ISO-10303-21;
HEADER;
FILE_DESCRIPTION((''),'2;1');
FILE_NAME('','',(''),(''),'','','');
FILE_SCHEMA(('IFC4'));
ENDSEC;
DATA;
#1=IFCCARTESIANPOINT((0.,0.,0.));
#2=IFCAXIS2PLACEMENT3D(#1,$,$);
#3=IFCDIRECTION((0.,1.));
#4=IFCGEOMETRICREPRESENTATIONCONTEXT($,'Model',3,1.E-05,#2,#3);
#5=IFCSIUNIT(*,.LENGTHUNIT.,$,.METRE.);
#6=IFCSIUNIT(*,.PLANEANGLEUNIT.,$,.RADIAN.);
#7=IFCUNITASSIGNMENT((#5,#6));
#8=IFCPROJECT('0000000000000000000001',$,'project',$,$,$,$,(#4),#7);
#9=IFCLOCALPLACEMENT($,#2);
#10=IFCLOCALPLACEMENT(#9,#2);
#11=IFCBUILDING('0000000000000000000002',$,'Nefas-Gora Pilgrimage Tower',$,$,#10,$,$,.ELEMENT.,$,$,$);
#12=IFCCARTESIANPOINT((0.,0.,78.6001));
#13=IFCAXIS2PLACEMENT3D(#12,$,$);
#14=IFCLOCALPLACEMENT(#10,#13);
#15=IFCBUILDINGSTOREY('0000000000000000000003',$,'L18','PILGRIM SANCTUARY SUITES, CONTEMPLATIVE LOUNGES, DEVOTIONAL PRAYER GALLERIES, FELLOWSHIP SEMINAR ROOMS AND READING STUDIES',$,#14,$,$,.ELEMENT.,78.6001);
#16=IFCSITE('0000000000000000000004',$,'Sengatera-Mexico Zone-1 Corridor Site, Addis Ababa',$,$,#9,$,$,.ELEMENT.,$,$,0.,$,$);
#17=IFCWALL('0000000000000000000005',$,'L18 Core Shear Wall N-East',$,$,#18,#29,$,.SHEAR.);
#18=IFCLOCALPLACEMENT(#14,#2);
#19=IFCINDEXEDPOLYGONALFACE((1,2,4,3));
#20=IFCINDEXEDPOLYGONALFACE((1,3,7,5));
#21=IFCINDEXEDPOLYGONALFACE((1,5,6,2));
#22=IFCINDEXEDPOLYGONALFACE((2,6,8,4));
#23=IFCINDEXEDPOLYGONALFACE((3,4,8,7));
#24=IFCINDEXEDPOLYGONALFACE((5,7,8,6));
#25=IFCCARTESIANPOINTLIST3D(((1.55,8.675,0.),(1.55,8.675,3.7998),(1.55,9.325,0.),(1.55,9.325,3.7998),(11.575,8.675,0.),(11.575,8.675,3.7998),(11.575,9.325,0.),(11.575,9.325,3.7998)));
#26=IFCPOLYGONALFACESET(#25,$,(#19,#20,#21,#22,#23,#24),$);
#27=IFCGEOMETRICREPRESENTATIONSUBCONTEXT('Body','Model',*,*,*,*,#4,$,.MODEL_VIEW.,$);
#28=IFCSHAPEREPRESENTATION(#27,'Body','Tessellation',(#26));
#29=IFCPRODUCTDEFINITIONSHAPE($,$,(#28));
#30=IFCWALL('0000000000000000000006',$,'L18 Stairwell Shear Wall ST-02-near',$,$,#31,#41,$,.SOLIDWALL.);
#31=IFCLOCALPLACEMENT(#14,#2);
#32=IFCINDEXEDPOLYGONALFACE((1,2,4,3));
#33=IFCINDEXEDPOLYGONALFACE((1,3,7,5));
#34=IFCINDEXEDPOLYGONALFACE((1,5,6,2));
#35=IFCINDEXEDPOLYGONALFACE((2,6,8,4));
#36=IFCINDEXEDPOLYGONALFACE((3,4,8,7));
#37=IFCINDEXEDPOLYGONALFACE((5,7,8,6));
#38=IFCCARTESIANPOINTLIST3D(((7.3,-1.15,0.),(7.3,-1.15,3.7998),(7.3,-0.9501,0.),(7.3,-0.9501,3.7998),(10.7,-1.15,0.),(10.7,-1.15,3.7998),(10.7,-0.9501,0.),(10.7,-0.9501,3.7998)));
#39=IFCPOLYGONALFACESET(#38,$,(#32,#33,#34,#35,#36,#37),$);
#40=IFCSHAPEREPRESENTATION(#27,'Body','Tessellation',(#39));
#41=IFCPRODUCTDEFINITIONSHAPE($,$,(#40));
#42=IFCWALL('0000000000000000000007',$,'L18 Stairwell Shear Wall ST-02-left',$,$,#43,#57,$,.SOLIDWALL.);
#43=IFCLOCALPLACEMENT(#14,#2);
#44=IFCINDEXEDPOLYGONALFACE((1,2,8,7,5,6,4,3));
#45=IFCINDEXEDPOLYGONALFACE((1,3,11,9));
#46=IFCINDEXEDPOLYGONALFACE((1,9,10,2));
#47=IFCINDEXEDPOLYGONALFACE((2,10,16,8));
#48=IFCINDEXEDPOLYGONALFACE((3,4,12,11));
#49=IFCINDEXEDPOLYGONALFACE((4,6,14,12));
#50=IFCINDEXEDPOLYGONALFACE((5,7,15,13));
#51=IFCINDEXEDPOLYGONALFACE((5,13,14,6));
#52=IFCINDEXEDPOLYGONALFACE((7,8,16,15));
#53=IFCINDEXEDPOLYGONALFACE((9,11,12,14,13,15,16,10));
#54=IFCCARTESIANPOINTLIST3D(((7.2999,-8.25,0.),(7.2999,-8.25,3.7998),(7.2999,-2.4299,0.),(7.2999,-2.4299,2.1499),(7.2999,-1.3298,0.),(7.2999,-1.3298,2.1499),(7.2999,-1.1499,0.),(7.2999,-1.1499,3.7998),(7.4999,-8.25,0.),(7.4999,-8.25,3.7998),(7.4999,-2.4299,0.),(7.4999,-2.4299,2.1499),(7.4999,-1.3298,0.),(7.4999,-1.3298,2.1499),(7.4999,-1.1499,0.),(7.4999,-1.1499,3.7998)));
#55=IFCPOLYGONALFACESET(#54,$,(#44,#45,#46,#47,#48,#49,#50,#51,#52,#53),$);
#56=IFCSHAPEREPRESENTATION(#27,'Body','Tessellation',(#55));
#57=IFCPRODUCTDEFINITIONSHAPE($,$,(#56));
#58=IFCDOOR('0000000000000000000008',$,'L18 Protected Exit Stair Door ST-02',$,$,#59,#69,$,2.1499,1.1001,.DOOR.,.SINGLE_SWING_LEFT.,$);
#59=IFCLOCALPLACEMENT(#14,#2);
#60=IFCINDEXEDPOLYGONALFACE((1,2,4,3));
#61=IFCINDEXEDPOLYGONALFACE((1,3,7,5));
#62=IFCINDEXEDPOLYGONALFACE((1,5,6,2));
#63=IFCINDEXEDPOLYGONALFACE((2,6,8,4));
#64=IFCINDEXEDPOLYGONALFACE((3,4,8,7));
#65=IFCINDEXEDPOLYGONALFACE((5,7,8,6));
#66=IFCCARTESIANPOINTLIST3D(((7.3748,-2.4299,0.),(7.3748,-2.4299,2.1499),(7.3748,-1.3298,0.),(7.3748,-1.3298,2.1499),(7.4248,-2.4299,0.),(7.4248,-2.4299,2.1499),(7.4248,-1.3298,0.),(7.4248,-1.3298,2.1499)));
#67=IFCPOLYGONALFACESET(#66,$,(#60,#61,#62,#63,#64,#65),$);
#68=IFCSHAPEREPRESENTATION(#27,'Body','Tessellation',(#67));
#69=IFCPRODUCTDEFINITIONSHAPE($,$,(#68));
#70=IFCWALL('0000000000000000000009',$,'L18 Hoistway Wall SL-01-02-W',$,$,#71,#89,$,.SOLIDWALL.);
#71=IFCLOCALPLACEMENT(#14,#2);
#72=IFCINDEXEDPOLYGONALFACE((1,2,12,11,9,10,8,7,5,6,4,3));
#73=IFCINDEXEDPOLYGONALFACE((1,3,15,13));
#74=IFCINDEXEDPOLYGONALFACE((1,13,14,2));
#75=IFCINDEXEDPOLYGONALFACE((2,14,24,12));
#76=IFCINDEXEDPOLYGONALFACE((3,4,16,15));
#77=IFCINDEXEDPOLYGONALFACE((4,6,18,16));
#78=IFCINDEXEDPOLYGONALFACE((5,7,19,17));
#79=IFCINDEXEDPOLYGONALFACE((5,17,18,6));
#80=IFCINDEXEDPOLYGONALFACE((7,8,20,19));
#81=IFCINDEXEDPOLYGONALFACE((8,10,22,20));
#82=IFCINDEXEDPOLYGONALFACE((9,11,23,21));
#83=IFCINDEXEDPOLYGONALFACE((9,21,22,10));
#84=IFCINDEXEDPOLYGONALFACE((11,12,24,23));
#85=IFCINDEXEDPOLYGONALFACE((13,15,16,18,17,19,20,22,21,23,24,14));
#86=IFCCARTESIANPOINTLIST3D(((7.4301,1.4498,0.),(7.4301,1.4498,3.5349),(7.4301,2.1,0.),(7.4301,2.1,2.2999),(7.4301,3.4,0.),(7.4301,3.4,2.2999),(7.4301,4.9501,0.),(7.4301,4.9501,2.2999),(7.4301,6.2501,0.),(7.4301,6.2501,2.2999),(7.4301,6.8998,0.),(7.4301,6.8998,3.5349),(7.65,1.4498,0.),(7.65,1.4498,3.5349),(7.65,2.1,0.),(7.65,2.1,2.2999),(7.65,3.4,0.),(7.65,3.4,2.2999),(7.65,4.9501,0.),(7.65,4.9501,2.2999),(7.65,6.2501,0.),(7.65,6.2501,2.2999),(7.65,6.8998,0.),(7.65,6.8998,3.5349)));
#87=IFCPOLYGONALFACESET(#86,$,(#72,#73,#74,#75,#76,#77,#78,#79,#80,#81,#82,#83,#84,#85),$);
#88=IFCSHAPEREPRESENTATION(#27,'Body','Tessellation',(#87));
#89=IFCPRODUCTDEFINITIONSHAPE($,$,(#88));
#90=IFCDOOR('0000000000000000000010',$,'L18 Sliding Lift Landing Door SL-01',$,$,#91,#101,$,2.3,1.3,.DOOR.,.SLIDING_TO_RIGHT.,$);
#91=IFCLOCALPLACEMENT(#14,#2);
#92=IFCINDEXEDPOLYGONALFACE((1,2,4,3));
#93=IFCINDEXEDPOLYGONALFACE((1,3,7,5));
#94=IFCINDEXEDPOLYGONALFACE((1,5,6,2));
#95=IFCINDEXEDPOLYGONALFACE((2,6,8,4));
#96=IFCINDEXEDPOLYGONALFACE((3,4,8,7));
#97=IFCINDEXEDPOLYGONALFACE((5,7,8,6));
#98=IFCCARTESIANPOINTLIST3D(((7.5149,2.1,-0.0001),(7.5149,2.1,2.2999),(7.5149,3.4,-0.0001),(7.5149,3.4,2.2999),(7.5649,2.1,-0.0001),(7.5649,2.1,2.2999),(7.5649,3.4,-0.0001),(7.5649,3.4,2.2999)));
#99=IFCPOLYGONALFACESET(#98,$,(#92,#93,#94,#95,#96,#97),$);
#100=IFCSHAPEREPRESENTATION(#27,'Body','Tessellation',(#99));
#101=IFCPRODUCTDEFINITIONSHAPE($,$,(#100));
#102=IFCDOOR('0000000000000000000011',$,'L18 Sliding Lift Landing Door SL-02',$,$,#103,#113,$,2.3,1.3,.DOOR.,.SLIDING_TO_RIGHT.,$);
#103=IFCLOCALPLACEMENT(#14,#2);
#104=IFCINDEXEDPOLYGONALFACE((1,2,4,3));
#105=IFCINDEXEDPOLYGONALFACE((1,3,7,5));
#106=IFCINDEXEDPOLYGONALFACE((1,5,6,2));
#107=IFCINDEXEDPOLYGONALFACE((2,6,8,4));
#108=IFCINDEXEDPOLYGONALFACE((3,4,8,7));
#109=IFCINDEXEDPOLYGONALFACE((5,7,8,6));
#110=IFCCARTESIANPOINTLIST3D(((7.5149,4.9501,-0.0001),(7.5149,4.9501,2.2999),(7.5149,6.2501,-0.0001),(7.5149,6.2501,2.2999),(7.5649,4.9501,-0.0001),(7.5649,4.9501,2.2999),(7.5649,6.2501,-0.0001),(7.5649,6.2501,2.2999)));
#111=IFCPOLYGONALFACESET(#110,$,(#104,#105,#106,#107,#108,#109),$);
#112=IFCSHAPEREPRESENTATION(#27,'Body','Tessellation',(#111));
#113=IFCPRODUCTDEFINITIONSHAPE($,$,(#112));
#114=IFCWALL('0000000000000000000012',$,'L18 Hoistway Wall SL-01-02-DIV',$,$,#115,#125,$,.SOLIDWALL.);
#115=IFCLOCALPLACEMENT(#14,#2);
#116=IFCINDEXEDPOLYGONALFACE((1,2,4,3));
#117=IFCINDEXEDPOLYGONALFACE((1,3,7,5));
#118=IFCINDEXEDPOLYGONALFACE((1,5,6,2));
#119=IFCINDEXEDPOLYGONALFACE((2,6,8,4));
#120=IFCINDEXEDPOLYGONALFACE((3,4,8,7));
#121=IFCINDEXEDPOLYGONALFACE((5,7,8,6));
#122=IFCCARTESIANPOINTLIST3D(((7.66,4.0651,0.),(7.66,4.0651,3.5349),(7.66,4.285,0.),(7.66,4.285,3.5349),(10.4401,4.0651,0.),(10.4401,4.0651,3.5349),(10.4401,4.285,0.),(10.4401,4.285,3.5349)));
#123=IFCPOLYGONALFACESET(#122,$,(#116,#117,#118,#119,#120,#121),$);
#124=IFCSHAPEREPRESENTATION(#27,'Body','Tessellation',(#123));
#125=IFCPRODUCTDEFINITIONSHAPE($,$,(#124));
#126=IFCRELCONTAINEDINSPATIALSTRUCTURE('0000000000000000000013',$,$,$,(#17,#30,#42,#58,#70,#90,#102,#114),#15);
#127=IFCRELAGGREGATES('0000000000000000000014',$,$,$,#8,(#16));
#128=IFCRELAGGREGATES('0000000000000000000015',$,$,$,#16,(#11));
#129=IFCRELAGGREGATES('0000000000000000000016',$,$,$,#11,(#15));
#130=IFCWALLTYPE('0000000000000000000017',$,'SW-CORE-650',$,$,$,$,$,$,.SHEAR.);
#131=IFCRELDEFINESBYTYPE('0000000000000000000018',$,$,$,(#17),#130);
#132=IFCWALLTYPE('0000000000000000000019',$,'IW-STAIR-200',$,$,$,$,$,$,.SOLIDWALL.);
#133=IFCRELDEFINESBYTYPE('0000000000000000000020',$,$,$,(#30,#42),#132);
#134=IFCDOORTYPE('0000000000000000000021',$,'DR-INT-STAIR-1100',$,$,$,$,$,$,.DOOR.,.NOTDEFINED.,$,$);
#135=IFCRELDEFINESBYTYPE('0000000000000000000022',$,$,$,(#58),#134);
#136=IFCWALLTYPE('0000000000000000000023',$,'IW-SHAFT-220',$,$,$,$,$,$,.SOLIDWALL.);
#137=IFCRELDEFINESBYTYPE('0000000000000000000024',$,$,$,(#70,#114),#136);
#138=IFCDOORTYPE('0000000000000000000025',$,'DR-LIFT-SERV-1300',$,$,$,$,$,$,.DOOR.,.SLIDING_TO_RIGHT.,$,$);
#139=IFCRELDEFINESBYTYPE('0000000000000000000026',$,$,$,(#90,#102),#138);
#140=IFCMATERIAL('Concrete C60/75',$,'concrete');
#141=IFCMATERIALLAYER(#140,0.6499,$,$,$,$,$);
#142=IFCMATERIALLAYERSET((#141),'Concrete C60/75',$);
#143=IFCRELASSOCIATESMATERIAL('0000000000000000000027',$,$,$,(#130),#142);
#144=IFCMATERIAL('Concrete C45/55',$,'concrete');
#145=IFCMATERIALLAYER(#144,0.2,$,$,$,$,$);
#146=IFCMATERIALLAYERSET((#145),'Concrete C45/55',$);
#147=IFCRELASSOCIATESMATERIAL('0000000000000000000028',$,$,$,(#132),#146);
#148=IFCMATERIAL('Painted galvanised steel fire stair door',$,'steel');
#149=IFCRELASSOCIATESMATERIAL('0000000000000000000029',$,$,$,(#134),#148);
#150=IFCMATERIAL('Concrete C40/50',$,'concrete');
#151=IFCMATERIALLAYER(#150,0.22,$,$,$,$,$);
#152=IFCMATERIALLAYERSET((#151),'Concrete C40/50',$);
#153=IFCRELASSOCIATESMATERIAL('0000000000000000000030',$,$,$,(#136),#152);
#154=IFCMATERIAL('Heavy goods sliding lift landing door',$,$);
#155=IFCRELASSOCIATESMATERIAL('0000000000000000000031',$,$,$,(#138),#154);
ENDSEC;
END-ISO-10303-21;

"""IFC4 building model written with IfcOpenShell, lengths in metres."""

from ifc_helpers import new_model, si_unit, direction, frame, frame_2d, origin, place, context, subcontext, project, spatial, rectangle, extrude, source, transform, mapped, material, layer, layer_set, type_object, element, fill, save


model = new_model("IFC4")

# Units and contexts
model_context = context("Model", 3, precision=1e-05, world=origin(), true_north=direction((0.0, 1.0)))
body_context = subcontext(model_context, "Body", "Model", "MODEL_VIEW")
ifc_project = project(units=[si_unit("LENGTHUNIT", "METRE"), si_unit("PLANEANGLEUNIT", "RADIAN")], contexts=[model_context])

# Site, building, storey
site_placement = place(None, origin())
site = spatial("IfcSite", under=ifc_project, at=site_placement, Name="Sengatera-Mexico Zone-1 Corridor Site, Addis Ababa", CompositionType="ELEMENT", RefElevation=0.0)
building_placement = place(site_placement, origin())
building = spatial("IfcBuilding", under=site, at=building_placement, Name="Nefas-Gora Pilgrimage Tower", CompositionType="ELEMENT")
storey_placement = place(building_placement, frame((0.0, 0.0, 78.6001)))
storey = spatial("IfcBuildingStorey", under=building, at=storey_placement, Name="L18", Description="PILGRIM SANCTUARY SUITES, CONTEMPLATIVE LOUNGES, DEVOTIONAL PRAYER GALLERIES, FELLOWSHIP SEMINAR ROOMS AND READING STUDIES", CompositionType="ELEMENT", Elevation=78.6001)

# Walls
ifc_material_1 = material(Name="Concrete C60/75", Category="concrete")
ifc_layer_1 = layer(ifc_material_1, 0.6499)
ifc_layer_set_1 = layer_set([ifc_layer_1], Name="Concrete C60/75")
wall_type_1 = type_object("IfcWallType", Name="SW-CORE-650", PredefinedType="SHEAR", material=ifc_layer_set_1)
shared_shape_1 = source(origin(), body_context, "Body", "SweptSolid", [
    extrude(rectangle(XDim=10.0249, YDim=0.6499, at=frame_2d((5.0125, 0.0))), origin(), (0.0, 0.0, 1.0), 3.7998),
])
wall_1_placement = place(storey_placement, frame((1.55, 9.0, 0.0), z_axis=(0.0, 0.0, 1.0), x_axis=(1.0, 0.0, 0.0)))
element("IfcWall", 1, at=wall_1_placement, inside=storey, type_object=wall_type_1, Name="L18 Core Shear Wall N-East", PredefinedType="SHEAR", context=body_context, shape_type="MappedRepresentation", body=[
    mapped(shared_shape_1, transform((0.0, 0.0, 0.0), x_axis=(1.0, 0.0, 0.0), y_axis=(0.0, 1.0, 0.0), z_axis=(0.0, 0.0, 1.0), scale=1.0)),
])
ifc_material_2 = material(Name="Concrete C45/55", Category="concrete")
ifc_layer_2 = layer(ifc_material_2, 0.2)
ifc_layer_set_2 = layer_set([ifc_layer_2], Name="Concrete C45/55")
wall_type_2 = type_object("IfcWallType", Name="IW-STAIR-200", PredefinedType="SOLIDWALL", material=ifc_layer_set_2)
shared_shape_2 = source(origin(), body_context, "Body", "SweptSolid", [
    extrude(rectangle(XDim=3.3999, YDim=0.2, at=frame_2d((1.7, 0.0))), origin(), (0.0, 0.0, 1.0), 3.7998),
])
wall_2_placement = place(storey_placement, frame((7.3, -1.05, 0.0), z_axis=(0.0, 0.0, 1.0), x_axis=(1.0, 0.0, 0.0)))
element("IfcWall", 2, at=wall_2_placement, inside=storey, type_object=wall_type_2, Name="L18 Stairwell Shear Wall ST-02-near", PredefinedType="SOLIDWALL", context=body_context, shape_type="MappedRepresentation", body=[
    mapped(shared_shape_2, transform((0.0, 0.0, 0.0), x_axis=(1.0, 0.0, 0.0), y_axis=(0.0, 1.0, 0.0), z_axis=(0.0, 0.0, 1.0), scale=1.0)),
])

# Wall, opening, door
shared_shape_3 = source(origin(), body_context, "Body", "SweptSolid", [
    extrude(rectangle(XDim=7.1001, YDim=0.2, at=frame_2d((3.55, 0.0))), origin(), (0.0, 0.0, 1.0), 3.7998),
])
wall_3_placement = place(storey_placement, frame((7.3999, -1.1499, 0.0), z_axis=(0.0, 0.0, 1.0), x_axis=(0.0, -1.0, 0.0)))
wall_3 = element("IfcWall", 3, at=wall_3_placement, inside=storey, type_object=wall_type_2, Name="L18 Stairwell Shear Wall ST-02-left", PredefinedType="SOLIDWALL", context=body_context, shape_type="MappedRepresentation", body=[
    mapped(shared_shape_3, transform((0.0, 0.0, 0.0), x_axis=(1.0, 0.0, 0.0), y_axis=(0.0, 1.0, 0.0), z_axis=(0.0, 0.0, 1.0), scale=1.0)),
])
opening_1_placement = place(wall_3_placement, frame((0.1799, 0.0, 0.0)))
opening_1 = element("IfcOpeningElement", 4, at=opening_1_placement, cuts=wall_3, PredefinedType="OPENING", context=body_context, shape_type="SweptSolid", body=[
    extrude(rectangle(XDim=1.1001, YDim=2.1499, at=frame_2d((0.55, 1.075))), frame((0.0, 0.1099, 0.0), z_axis=(0.0, -1.0, 0.0), x_axis=(1.0, 0.0, 0.0)), (0.0, 0.0, 1.0), 0.22),
])
ifc_material_3 = material(Name="Painted galvanised steel fire stair door", Category="steel")
door_type_1 = type_object("IfcDoorType", Name="DR-INT-STAIR-1100", OperationType="NOTDEFINED", PredefinedType="DOOR", material=ifc_material_3)
shared_shape_4 = source(origin(), body_context, "Body", "SweptSolid", [
    extrude(rectangle(XDim=1.1001, YDim=2.1499, at=frame_2d((0.55, 1.075))), frame((0.0, 0.0249, 0.0), z_axis=(0.0, -1.0, 0.0), x_axis=(1.0, 0.0, 0.0)), (0.0, 0.0, 1.0), 0.05),
])
door_1_placement = place(opening_1_placement, origin())
door_1 = element("IfcDoor", 5, at=door_1_placement, inside=storey, type_object=door_type_1, Name="L18 Protected Exit Stair Door ST-02", OperationType="SINGLE_SWING_LEFT", OverallHeight=2.1499, OverallWidth=1.1001, PredefinedType="DOOR", context=body_context, shape_type="MappedRepresentation", body=[
    mapped(shared_shape_4, transform((0.0, 0.0, 0.0), x_axis=(1.0, 0.0, 0.0), y_axis=(0.0, 1.0, 0.0), z_axis=(0.0, 0.0, 1.0), scale=1.0)),
])
fill(opening_1, door_1)

# Wall, openings, doors
ifc_material_4 = material(Name="Concrete C40/50", Category="concrete")
ifc_layer_3 = layer(ifc_material_4, 0.22)
ifc_layer_set_3 = layer_set([ifc_layer_3], Name="Concrete C40/50")
wall_type_3 = type_object("IfcWallType", Name="IW-SHAFT-220", PredefinedType="SOLIDWALL", material=ifc_layer_set_3)
shared_shape_5 = source(origin(), body_context, "Body", "SweptSolid", [
    extrude(rectangle(XDim=5.45, YDim=0.22, at=frame_2d((2.7251, 0.0))), origin(), (0.0, 0.0, 1.0), 3.5349),
])
wall_4_placement = place(storey_placement, frame((7.54, 6.8999, 0.0), z_axis=(0.0, 0.0, 1.0), x_axis=(0.0, -1.0, 0.0)))
wall_4 = element("IfcWall", 6, at=wall_4_placement, inside=storey, type_object=wall_type_3, Name="L18 Hoistway Wall SL-01-02-W", PredefinedType="SOLIDWALL", context=body_context, shape_type="MappedRepresentation", body=[
    mapped(shared_shape_5, transform((0.0, 0.0, 0.0), x_axis=(1.0, 0.0, 0.0), y_axis=(0.0, 1.0, 0.0), z_axis=(0.0, 0.0, 1.0), scale=1.0)),
])
opening_2_placement = place(wall_4_placement, frame((3.5, 0.0, 0.0)))
opening_2 = element("IfcOpeningElement", 7, at=opening_2_placement, cuts=wall_4, PredefinedType="OPENING", context=body_context, shape_type="SweptSolid", body=[
    extrude(rectangle(XDim=1.3, YDim=2.3, at=frame_2d((0.6499, 1.1499))), frame((0.0, 0.1199, 0.0), z_axis=(0.0, -1.0, 0.0), x_axis=(1.0, 0.0, 0.0)), (0.0, 0.0, 1.0), 0.24),
])
opening_3_placement = place(wall_4_placement, frame((0.6499, 0.0, 0.0)))
opening_3 = element("IfcOpeningElement", 8, at=opening_3_placement, cuts=wall_4, PredefinedType="OPENING", context=body_context, shape_type="SweptSolid", body=[
    extrude(rectangle(XDim=1.3, YDim=2.3, at=frame_2d((0.6499, 1.1499))), frame((0.0, 0.1199, 0.0), z_axis=(0.0, -1.0, 0.0), x_axis=(1.0, 0.0, 0.0)), (0.0, 0.0, 1.0), 0.24),
])
ifc_material_5 = material(Name="Heavy goods sliding lift landing door")
door_type_2 = type_object("IfcDoorType", Name="DR-LIFT-SERV-1300", OperationType="SLIDING_TO_RIGHT", PredefinedType="DOOR", material=ifc_material_5)
shared_shape_6 = source(origin(), body_context, "Body", "SweptSolid", [
    extrude(rectangle(XDim=1.3, YDim=2.3, at=frame_2d((0.6499, 1.1499))), frame((0.0, 0.0249, 0.0), z_axis=(0.0, -1.0, 0.0), x_axis=(1.0, 0.0, 0.0)), (0.0, 0.0, 1.0), 0.05),
])
door_2_placement = place(opening_2_placement, origin())
door_2 = element("IfcDoor", 9, at=door_2_placement, inside=storey, type_object=door_type_2, Name="L18 Sliding Lift Landing Door SL-01", OperationType="SLIDING_TO_RIGHT", OverallHeight=2.3, OverallWidth=1.3, PredefinedType="DOOR", context=body_context, shape_type="MappedRepresentation", body=[
    mapped(shared_shape_6, transform((0.0, 0.0, 0.0), x_axis=(1.0, 0.0, 0.0), y_axis=(0.0, 1.0, 0.0), z_axis=(0.0, 0.0, 1.0), scale=1.0)),
])
fill(opening_2, door_2)
door_3_placement = place(opening_3_placement, origin())
door_3 = element("IfcDoor", 10, at=door_3_placement, inside=storey, type_object=door_type_2, Name="L18 Sliding Lift Landing Door SL-02", OperationType="SLIDING_TO_RIGHT", OverallHeight=2.3, OverallWidth=1.3, PredefinedType="DOOR", context=body_context, shape_type="MappedRepresentation", body=[
    mapped(shared_shape_6, transform((0.0, 0.0, 0.0), x_axis=(1.0, 0.0, 0.0), y_axis=(0.0, 1.0, 0.0), z_axis=(0.0, 0.0, 1.0), scale=1.0)),
])
fill(opening_3, door_3)

# Wall
shared_shape_7 = source(origin(), body_context, "Body", "SweptSolid", [
    extrude(rectangle(XDim=2.78, YDim=0.22, at=frame_2d((1.3901, 0.0))), origin(), (0.0, 0.0, 1.0), 3.5349),
])
wall_5_placement = place(storey_placement, frame((7.6599, 4.175, 0.0), z_axis=(0.0, 0.0, 1.0), x_axis=(1.0, 0.0, 0.0)))
element("IfcWall", 11, at=wall_5_placement, inside=storey, type_object=wall_type_3, Name="L18 Hoistway Wall SL-01-02-DIV", PredefinedType="SOLIDWALL", context=body_context, shape_type="MappedRepresentation", body=[
    mapped(shared_shape_7, transform((0.0, 0.0, 0.0), x_axis=(1.0, 0.0, 0.0), y_axis=(0.0, 1.0, 0.0), z_axis=(0.0, 0.0, 1.0), scale=1.0)),
])

save(model, "model.ifc")
